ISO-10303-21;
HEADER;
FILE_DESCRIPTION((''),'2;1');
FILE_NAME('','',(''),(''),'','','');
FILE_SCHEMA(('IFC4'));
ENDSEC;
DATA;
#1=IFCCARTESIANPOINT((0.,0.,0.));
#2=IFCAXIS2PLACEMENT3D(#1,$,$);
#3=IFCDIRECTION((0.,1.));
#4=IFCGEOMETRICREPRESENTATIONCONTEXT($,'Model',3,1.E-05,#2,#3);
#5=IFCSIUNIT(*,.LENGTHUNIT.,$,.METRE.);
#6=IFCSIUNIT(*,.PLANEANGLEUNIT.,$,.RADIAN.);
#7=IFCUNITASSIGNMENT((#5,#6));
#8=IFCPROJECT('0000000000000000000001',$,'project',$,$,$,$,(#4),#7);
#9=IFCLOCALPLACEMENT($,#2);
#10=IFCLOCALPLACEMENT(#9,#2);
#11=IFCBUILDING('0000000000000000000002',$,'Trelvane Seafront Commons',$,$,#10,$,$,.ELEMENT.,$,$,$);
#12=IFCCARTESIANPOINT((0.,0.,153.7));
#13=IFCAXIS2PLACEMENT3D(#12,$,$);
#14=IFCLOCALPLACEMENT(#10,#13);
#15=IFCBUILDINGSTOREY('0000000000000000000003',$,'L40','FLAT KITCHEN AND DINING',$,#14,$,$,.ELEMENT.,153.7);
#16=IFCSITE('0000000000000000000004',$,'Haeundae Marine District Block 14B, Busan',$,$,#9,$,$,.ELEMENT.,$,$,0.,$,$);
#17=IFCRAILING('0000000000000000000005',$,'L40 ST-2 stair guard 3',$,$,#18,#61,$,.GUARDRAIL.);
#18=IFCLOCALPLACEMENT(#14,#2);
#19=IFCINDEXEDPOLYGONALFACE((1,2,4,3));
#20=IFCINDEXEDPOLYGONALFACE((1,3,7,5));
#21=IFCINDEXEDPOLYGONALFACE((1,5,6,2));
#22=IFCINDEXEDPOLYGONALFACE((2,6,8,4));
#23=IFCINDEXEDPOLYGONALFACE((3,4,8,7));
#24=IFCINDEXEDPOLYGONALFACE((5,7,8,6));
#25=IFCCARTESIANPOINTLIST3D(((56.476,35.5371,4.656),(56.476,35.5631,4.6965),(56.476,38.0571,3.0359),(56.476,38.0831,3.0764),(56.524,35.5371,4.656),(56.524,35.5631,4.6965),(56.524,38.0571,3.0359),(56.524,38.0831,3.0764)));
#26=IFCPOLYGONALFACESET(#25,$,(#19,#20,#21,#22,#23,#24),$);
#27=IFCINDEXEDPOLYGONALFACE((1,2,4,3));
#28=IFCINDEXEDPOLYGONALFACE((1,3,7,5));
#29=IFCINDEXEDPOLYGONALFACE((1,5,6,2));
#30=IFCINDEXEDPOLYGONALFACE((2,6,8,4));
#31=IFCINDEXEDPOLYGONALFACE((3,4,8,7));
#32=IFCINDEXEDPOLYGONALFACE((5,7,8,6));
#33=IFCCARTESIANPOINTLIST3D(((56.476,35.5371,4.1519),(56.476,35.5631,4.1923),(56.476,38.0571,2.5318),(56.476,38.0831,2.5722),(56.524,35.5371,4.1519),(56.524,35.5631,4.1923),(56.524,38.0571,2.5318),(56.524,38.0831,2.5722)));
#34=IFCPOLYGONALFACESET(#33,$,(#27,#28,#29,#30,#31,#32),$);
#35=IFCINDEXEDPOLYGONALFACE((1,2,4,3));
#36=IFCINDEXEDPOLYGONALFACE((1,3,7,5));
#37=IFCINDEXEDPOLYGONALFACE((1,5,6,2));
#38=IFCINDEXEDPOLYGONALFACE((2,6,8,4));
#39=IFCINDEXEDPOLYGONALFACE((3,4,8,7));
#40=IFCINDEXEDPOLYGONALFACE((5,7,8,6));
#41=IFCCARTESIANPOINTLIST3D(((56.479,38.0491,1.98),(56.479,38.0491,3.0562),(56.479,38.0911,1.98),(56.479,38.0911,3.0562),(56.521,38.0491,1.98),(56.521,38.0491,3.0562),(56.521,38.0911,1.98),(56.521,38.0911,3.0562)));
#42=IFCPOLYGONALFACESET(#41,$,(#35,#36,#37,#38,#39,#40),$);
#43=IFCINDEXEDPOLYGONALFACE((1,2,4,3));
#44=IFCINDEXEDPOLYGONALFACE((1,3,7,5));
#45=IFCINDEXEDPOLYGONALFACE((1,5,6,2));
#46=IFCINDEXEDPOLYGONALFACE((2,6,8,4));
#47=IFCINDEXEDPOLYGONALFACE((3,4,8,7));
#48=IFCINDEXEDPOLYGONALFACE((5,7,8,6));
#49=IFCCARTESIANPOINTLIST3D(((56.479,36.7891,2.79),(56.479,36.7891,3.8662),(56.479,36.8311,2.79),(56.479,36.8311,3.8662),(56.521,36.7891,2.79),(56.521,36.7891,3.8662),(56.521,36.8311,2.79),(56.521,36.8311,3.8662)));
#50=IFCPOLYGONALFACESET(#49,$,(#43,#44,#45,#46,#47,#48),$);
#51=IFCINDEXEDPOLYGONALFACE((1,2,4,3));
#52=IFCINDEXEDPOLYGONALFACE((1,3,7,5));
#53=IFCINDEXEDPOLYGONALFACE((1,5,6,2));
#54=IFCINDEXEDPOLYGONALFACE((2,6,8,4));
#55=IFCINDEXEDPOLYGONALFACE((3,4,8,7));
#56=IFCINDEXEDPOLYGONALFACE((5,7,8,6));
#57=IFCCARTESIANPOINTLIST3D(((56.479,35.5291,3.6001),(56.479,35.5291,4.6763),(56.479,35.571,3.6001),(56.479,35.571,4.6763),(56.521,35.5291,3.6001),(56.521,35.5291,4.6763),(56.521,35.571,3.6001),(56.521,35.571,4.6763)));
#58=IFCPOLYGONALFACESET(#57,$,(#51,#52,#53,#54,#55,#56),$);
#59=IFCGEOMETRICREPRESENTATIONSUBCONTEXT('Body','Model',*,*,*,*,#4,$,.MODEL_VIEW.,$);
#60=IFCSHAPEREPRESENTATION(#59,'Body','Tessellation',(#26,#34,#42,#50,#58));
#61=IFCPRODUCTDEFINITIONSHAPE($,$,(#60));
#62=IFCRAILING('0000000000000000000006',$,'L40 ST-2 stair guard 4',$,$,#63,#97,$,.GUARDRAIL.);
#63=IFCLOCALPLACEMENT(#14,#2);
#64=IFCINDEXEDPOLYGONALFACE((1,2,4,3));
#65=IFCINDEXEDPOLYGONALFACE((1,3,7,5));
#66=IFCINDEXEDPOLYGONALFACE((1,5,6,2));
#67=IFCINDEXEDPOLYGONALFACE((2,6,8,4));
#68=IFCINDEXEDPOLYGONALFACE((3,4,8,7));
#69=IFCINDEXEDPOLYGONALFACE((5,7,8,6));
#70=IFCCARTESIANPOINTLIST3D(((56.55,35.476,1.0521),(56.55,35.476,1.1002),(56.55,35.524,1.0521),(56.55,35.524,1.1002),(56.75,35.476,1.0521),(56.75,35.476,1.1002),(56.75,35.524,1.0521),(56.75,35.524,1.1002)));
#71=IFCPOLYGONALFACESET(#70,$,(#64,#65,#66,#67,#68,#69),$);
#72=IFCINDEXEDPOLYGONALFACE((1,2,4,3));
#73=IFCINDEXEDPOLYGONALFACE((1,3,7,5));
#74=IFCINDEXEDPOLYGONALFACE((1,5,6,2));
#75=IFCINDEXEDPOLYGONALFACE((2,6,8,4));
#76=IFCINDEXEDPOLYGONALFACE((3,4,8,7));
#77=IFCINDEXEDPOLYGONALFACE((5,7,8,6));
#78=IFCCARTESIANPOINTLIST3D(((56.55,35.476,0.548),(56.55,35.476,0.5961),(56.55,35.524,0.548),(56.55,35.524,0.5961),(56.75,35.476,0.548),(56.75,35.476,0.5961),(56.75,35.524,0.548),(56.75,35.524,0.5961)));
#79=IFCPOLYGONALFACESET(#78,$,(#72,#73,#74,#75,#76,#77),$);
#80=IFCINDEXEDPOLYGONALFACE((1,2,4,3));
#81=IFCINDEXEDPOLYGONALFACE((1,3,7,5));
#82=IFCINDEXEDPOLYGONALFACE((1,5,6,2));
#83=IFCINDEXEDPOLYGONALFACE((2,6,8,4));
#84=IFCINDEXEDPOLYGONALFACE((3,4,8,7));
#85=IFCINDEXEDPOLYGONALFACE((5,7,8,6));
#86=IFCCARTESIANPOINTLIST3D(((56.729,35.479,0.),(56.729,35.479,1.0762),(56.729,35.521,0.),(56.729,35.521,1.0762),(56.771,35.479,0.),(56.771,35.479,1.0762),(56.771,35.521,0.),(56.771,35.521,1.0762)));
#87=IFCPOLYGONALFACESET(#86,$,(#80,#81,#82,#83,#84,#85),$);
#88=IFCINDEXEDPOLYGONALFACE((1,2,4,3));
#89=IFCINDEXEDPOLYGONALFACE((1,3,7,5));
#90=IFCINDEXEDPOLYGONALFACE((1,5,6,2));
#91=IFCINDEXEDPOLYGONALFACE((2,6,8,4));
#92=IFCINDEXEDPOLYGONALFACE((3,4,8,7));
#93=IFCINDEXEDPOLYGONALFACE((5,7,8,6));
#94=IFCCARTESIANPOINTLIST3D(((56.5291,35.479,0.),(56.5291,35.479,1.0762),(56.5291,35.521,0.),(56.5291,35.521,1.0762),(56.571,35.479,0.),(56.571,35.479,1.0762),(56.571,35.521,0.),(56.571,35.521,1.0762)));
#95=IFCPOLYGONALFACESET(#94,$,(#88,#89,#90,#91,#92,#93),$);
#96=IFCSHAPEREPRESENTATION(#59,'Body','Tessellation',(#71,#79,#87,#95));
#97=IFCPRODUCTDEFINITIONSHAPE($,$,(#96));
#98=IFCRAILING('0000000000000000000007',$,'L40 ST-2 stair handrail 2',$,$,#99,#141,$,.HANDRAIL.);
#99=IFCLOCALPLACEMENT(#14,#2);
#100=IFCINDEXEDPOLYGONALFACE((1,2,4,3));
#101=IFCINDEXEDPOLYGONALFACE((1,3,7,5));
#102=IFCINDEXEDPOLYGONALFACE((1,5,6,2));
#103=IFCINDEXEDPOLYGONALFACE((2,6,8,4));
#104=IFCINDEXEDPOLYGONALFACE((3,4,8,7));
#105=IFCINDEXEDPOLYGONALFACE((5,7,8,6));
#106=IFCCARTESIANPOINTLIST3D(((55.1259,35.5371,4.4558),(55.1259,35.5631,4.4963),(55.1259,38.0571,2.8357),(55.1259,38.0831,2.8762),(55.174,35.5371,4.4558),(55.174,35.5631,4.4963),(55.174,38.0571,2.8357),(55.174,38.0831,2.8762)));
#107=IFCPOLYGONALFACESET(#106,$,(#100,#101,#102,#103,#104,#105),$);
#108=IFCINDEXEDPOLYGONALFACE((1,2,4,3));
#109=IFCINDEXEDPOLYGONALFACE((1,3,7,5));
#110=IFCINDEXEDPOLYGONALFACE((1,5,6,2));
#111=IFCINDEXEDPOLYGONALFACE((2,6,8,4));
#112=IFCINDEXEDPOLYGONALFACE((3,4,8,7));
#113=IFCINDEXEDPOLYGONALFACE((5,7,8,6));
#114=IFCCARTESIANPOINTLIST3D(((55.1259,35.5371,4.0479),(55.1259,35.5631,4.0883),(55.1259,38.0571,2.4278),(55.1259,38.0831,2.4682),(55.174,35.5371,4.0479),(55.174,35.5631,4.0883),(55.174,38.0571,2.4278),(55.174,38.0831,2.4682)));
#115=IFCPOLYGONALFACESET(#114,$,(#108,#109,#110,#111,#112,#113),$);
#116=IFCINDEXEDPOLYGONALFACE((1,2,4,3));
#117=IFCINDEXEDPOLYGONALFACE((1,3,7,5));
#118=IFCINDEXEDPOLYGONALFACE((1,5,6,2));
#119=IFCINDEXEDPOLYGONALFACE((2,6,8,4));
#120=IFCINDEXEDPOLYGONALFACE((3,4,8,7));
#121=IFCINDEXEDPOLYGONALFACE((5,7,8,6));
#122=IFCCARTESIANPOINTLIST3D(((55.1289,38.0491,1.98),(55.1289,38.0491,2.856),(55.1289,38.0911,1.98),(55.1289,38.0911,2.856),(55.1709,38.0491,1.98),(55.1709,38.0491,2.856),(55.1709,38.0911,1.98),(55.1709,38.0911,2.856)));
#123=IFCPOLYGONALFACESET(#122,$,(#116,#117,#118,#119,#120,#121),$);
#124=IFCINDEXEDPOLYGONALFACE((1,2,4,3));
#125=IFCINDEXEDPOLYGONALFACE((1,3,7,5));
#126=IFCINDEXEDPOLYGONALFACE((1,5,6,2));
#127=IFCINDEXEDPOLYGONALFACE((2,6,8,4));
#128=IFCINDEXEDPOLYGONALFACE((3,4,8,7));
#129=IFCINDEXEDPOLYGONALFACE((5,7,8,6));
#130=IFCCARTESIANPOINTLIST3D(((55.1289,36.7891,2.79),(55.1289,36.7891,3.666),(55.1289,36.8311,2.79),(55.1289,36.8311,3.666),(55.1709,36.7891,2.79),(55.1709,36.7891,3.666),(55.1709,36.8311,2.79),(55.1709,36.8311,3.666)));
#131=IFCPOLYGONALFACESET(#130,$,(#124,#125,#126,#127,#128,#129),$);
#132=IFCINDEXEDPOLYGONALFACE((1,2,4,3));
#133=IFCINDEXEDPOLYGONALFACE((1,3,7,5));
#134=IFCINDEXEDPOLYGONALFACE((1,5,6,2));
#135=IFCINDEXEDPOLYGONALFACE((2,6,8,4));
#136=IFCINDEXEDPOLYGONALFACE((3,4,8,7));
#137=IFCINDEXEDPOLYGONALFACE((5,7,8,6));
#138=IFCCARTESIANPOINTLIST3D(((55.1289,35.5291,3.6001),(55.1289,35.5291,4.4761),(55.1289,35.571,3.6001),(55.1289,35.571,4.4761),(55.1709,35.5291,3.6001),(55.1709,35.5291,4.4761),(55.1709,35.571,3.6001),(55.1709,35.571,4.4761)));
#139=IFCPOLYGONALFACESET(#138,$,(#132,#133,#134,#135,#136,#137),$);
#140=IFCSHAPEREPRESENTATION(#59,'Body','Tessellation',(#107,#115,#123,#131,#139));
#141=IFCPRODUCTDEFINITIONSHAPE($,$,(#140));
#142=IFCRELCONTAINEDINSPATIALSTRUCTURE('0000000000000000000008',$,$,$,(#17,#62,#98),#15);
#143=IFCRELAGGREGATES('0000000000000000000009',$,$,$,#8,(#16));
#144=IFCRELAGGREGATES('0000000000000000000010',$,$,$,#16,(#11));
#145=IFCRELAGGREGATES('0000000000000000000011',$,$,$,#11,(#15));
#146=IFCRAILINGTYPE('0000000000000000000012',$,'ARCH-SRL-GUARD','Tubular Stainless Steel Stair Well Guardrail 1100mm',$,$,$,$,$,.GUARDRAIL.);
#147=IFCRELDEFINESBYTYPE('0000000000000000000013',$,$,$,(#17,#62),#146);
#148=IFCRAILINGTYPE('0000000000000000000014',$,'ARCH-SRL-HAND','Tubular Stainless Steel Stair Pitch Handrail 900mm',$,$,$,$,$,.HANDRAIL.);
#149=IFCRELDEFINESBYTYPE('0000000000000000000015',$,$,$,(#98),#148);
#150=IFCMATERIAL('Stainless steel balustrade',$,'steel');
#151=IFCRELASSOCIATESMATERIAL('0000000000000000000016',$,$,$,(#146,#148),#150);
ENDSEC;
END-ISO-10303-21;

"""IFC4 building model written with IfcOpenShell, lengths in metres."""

from ifc_helpers import new_model, si_unit, direction, frame, origin, origin_2d, place, context, subcontext, project, spatial, rectangle, extrude, material, type_object, element, save


model = new_model("IFC4")

# Units and contexts
model_context = context("Model", 3, precision=1e-05, world=origin(), true_north=direction((0.0, 1.0)))
body_context = subcontext(model_context, "Body", "Model", "MODEL_VIEW")
ifc_project = project(units=[si_unit("LENGTHUNIT", "METRE"), si_unit("PLANEANGLEUNIT", "RADIAN")], contexts=[model_context])

# Site, building, storey
site_placement = place(None, origin())
site = spatial("IfcSite", under=ifc_project, at=site_placement, Name="Haeundae Marine District Block 14B, Busan", CompositionType="ELEMENT", RefElevation=0.0)
building_placement = place(site_placement, origin())
building = spatial("IfcBuilding", under=site, at=building_placement, Name="Trelvane Seafront Commons", CompositionType="ELEMENT")
storey_placement = place(building_placement, frame((0.0, 0.0, 153.7)))
storey = spatial("IfcBuildingStorey", under=building, at=storey_placement, Name="L40", Description="FLAT KITCHEN AND DINING", CompositionType="ELEMENT", Elevation=153.7)

# Railings
ifc_material_1 = material(Name="Stainless steel balustrade", Category="steel")
railing_type_1 = type_object("IfcRailingType", Name="ARCH-SRL-GUARD", Description="Tubular Stainless Steel Stair Well Guardrail 1100mm", PredefinedType="GUARDRAIL", material=ifc_material_1)
railing_1_placement = place(storey_placement, frame((56.5, 38.0701, 1.98)))
element("IfcRailing", 1, at=railing_1_placement, inside=storey, type_object=railing_type_1, Name="L40 ST-2 stair guard 3", PredefinedType="GUARDRAIL", context=body_context, shape_type="SweptSolid", body=[
    extrude(rectangle(XDim=0.0481, YDim=0.0481, at=origin_2d()), frame((0.0, 0.0, 1.0762), z_axis=(0.0, -0.841163, 0.540782), x_axis=(1.0, 0.0, 0.0)), (0.0, 0.0, 1.0), 2.9958),
    extrude(rectangle(XDim=0.0481, YDim=0.0481, at=origin_2d()), frame((0.0, 0.0, 0.572), z_axis=(0.0, -0.841163, 0.540782), x_axis=(1.0, 0.0, 0.0)), (0.0, 0.0, 1.0), 2.9958),
    extrude(rectangle(XDim=0.042, YDim=0.042, at=origin_2d()), origin(), (0.0, 0.0, 1.0), 1.0762),
    extrude(rectangle(XDim=0.042, YDim=0.042, at=origin_2d()), frame((0.0, -1.26, 0.8101)), (0.0, 0.0, 1.0), 1.0762),
    extrude(rectangle(XDim=0.042, YDim=0.042, at=origin_2d()), frame((0.0, -2.52, 1.6201)), (0.0, 0.0, 1.0), 1.0762),
])
railing_2_placement = place(storey_placement, frame((56.75, 35.5, 0.0)))
element("IfcRailing", 2, at=railing_2_placement, inside=storey, type_object=railing_type_1, Name="L40 ST-2 stair guard 4", PredefinedType="GUARDRAIL", context=body_context, shape_type="SweptSolid", body=[
    extrude(rectangle(XDim=0.0481, YDim=0.0481, at=origin_2d()), frame((0.0, 0.0, 1.0762), z_axis=(-1.0, 0.0, 0.0), x_axis=(0.0, -1.0, 0.0)), (0.0, 0.0, 1.0), 0.2),
    extrude(rectangle(XDim=0.0481, YDim=0.0481, at=origin_2d()), frame((0.0, 0.0, 0.572), z_axis=(-1.0, 0.0, 0.0), x_axis=(0.0, -1.0, 0.0)), (0.0, 0.0, 1.0), 0.2),
    extrude(rectangle(XDim=0.042, YDim=0.042, at=origin_2d()), origin(), (0.0, 0.0, 1.0), 1.0762),
    extrude(rectangle(XDim=0.042, YDim=0.042, at=origin_2d()), frame((-0.2, 0.0, 0.0)), (0.0, 0.0, 1.0), 1.0762),
])
railing_type_2 = type_object("IfcRailingType", Name="ARCH-SRL-HAND", Description="Tubular Stainless Steel Stair Pitch Handrail 900mm", PredefinedType="HANDRAIL", material=ifc_material_1)
railing_3_placement = place(storey_placement, frame((55.1499, 38.0701, 1.98)))
element("IfcRailing", 3, at=railing_3_placement, inside=storey, type_object=railing_type_2, Name="L40 ST-2 stair handrail 2", PredefinedType="HANDRAIL", context=body_context, shape_type="SweptSolid", body=[
    extrude(rectangle(XDim=0.0481, YDim=0.0481, at=origin_2d()), frame((0.0, 0.0, 0.876), z_axis=(0.0, -0.841163, 0.540782), x_axis=(1.0, 0.0, 0.0)), (0.0, 0.0, 1.0), 2.9958),
    extrude(rectangle(XDim=0.0481, YDim=0.0481, at=origin_2d()), frame((0.0, 0.0, 0.468), z_axis=(0.0, -0.841163, 0.540782), x_axis=(1.0, 0.0, 0.0)), (0.0, 0.0, 1.0), 2.9958),
    extrude(rectangle(XDim=0.042, YDim=0.042, at=origin_2d()), origin(), (0.0, 0.0, 1.0), 0.876),
    extrude(rectangle(XDim=0.042, YDim=0.042, at=origin_2d()), frame((0.0, -1.26, 0.8101)), (0.0, 0.0, 1.0), 0.876),
    extrude(rectangle(XDim=0.042, YDim=0.042, at=origin_2d()), frame((0.0, -2.52, 1.6201)), (0.0, 0.0, 1.0), 0.876),
])

save(model, "model.ifc")
